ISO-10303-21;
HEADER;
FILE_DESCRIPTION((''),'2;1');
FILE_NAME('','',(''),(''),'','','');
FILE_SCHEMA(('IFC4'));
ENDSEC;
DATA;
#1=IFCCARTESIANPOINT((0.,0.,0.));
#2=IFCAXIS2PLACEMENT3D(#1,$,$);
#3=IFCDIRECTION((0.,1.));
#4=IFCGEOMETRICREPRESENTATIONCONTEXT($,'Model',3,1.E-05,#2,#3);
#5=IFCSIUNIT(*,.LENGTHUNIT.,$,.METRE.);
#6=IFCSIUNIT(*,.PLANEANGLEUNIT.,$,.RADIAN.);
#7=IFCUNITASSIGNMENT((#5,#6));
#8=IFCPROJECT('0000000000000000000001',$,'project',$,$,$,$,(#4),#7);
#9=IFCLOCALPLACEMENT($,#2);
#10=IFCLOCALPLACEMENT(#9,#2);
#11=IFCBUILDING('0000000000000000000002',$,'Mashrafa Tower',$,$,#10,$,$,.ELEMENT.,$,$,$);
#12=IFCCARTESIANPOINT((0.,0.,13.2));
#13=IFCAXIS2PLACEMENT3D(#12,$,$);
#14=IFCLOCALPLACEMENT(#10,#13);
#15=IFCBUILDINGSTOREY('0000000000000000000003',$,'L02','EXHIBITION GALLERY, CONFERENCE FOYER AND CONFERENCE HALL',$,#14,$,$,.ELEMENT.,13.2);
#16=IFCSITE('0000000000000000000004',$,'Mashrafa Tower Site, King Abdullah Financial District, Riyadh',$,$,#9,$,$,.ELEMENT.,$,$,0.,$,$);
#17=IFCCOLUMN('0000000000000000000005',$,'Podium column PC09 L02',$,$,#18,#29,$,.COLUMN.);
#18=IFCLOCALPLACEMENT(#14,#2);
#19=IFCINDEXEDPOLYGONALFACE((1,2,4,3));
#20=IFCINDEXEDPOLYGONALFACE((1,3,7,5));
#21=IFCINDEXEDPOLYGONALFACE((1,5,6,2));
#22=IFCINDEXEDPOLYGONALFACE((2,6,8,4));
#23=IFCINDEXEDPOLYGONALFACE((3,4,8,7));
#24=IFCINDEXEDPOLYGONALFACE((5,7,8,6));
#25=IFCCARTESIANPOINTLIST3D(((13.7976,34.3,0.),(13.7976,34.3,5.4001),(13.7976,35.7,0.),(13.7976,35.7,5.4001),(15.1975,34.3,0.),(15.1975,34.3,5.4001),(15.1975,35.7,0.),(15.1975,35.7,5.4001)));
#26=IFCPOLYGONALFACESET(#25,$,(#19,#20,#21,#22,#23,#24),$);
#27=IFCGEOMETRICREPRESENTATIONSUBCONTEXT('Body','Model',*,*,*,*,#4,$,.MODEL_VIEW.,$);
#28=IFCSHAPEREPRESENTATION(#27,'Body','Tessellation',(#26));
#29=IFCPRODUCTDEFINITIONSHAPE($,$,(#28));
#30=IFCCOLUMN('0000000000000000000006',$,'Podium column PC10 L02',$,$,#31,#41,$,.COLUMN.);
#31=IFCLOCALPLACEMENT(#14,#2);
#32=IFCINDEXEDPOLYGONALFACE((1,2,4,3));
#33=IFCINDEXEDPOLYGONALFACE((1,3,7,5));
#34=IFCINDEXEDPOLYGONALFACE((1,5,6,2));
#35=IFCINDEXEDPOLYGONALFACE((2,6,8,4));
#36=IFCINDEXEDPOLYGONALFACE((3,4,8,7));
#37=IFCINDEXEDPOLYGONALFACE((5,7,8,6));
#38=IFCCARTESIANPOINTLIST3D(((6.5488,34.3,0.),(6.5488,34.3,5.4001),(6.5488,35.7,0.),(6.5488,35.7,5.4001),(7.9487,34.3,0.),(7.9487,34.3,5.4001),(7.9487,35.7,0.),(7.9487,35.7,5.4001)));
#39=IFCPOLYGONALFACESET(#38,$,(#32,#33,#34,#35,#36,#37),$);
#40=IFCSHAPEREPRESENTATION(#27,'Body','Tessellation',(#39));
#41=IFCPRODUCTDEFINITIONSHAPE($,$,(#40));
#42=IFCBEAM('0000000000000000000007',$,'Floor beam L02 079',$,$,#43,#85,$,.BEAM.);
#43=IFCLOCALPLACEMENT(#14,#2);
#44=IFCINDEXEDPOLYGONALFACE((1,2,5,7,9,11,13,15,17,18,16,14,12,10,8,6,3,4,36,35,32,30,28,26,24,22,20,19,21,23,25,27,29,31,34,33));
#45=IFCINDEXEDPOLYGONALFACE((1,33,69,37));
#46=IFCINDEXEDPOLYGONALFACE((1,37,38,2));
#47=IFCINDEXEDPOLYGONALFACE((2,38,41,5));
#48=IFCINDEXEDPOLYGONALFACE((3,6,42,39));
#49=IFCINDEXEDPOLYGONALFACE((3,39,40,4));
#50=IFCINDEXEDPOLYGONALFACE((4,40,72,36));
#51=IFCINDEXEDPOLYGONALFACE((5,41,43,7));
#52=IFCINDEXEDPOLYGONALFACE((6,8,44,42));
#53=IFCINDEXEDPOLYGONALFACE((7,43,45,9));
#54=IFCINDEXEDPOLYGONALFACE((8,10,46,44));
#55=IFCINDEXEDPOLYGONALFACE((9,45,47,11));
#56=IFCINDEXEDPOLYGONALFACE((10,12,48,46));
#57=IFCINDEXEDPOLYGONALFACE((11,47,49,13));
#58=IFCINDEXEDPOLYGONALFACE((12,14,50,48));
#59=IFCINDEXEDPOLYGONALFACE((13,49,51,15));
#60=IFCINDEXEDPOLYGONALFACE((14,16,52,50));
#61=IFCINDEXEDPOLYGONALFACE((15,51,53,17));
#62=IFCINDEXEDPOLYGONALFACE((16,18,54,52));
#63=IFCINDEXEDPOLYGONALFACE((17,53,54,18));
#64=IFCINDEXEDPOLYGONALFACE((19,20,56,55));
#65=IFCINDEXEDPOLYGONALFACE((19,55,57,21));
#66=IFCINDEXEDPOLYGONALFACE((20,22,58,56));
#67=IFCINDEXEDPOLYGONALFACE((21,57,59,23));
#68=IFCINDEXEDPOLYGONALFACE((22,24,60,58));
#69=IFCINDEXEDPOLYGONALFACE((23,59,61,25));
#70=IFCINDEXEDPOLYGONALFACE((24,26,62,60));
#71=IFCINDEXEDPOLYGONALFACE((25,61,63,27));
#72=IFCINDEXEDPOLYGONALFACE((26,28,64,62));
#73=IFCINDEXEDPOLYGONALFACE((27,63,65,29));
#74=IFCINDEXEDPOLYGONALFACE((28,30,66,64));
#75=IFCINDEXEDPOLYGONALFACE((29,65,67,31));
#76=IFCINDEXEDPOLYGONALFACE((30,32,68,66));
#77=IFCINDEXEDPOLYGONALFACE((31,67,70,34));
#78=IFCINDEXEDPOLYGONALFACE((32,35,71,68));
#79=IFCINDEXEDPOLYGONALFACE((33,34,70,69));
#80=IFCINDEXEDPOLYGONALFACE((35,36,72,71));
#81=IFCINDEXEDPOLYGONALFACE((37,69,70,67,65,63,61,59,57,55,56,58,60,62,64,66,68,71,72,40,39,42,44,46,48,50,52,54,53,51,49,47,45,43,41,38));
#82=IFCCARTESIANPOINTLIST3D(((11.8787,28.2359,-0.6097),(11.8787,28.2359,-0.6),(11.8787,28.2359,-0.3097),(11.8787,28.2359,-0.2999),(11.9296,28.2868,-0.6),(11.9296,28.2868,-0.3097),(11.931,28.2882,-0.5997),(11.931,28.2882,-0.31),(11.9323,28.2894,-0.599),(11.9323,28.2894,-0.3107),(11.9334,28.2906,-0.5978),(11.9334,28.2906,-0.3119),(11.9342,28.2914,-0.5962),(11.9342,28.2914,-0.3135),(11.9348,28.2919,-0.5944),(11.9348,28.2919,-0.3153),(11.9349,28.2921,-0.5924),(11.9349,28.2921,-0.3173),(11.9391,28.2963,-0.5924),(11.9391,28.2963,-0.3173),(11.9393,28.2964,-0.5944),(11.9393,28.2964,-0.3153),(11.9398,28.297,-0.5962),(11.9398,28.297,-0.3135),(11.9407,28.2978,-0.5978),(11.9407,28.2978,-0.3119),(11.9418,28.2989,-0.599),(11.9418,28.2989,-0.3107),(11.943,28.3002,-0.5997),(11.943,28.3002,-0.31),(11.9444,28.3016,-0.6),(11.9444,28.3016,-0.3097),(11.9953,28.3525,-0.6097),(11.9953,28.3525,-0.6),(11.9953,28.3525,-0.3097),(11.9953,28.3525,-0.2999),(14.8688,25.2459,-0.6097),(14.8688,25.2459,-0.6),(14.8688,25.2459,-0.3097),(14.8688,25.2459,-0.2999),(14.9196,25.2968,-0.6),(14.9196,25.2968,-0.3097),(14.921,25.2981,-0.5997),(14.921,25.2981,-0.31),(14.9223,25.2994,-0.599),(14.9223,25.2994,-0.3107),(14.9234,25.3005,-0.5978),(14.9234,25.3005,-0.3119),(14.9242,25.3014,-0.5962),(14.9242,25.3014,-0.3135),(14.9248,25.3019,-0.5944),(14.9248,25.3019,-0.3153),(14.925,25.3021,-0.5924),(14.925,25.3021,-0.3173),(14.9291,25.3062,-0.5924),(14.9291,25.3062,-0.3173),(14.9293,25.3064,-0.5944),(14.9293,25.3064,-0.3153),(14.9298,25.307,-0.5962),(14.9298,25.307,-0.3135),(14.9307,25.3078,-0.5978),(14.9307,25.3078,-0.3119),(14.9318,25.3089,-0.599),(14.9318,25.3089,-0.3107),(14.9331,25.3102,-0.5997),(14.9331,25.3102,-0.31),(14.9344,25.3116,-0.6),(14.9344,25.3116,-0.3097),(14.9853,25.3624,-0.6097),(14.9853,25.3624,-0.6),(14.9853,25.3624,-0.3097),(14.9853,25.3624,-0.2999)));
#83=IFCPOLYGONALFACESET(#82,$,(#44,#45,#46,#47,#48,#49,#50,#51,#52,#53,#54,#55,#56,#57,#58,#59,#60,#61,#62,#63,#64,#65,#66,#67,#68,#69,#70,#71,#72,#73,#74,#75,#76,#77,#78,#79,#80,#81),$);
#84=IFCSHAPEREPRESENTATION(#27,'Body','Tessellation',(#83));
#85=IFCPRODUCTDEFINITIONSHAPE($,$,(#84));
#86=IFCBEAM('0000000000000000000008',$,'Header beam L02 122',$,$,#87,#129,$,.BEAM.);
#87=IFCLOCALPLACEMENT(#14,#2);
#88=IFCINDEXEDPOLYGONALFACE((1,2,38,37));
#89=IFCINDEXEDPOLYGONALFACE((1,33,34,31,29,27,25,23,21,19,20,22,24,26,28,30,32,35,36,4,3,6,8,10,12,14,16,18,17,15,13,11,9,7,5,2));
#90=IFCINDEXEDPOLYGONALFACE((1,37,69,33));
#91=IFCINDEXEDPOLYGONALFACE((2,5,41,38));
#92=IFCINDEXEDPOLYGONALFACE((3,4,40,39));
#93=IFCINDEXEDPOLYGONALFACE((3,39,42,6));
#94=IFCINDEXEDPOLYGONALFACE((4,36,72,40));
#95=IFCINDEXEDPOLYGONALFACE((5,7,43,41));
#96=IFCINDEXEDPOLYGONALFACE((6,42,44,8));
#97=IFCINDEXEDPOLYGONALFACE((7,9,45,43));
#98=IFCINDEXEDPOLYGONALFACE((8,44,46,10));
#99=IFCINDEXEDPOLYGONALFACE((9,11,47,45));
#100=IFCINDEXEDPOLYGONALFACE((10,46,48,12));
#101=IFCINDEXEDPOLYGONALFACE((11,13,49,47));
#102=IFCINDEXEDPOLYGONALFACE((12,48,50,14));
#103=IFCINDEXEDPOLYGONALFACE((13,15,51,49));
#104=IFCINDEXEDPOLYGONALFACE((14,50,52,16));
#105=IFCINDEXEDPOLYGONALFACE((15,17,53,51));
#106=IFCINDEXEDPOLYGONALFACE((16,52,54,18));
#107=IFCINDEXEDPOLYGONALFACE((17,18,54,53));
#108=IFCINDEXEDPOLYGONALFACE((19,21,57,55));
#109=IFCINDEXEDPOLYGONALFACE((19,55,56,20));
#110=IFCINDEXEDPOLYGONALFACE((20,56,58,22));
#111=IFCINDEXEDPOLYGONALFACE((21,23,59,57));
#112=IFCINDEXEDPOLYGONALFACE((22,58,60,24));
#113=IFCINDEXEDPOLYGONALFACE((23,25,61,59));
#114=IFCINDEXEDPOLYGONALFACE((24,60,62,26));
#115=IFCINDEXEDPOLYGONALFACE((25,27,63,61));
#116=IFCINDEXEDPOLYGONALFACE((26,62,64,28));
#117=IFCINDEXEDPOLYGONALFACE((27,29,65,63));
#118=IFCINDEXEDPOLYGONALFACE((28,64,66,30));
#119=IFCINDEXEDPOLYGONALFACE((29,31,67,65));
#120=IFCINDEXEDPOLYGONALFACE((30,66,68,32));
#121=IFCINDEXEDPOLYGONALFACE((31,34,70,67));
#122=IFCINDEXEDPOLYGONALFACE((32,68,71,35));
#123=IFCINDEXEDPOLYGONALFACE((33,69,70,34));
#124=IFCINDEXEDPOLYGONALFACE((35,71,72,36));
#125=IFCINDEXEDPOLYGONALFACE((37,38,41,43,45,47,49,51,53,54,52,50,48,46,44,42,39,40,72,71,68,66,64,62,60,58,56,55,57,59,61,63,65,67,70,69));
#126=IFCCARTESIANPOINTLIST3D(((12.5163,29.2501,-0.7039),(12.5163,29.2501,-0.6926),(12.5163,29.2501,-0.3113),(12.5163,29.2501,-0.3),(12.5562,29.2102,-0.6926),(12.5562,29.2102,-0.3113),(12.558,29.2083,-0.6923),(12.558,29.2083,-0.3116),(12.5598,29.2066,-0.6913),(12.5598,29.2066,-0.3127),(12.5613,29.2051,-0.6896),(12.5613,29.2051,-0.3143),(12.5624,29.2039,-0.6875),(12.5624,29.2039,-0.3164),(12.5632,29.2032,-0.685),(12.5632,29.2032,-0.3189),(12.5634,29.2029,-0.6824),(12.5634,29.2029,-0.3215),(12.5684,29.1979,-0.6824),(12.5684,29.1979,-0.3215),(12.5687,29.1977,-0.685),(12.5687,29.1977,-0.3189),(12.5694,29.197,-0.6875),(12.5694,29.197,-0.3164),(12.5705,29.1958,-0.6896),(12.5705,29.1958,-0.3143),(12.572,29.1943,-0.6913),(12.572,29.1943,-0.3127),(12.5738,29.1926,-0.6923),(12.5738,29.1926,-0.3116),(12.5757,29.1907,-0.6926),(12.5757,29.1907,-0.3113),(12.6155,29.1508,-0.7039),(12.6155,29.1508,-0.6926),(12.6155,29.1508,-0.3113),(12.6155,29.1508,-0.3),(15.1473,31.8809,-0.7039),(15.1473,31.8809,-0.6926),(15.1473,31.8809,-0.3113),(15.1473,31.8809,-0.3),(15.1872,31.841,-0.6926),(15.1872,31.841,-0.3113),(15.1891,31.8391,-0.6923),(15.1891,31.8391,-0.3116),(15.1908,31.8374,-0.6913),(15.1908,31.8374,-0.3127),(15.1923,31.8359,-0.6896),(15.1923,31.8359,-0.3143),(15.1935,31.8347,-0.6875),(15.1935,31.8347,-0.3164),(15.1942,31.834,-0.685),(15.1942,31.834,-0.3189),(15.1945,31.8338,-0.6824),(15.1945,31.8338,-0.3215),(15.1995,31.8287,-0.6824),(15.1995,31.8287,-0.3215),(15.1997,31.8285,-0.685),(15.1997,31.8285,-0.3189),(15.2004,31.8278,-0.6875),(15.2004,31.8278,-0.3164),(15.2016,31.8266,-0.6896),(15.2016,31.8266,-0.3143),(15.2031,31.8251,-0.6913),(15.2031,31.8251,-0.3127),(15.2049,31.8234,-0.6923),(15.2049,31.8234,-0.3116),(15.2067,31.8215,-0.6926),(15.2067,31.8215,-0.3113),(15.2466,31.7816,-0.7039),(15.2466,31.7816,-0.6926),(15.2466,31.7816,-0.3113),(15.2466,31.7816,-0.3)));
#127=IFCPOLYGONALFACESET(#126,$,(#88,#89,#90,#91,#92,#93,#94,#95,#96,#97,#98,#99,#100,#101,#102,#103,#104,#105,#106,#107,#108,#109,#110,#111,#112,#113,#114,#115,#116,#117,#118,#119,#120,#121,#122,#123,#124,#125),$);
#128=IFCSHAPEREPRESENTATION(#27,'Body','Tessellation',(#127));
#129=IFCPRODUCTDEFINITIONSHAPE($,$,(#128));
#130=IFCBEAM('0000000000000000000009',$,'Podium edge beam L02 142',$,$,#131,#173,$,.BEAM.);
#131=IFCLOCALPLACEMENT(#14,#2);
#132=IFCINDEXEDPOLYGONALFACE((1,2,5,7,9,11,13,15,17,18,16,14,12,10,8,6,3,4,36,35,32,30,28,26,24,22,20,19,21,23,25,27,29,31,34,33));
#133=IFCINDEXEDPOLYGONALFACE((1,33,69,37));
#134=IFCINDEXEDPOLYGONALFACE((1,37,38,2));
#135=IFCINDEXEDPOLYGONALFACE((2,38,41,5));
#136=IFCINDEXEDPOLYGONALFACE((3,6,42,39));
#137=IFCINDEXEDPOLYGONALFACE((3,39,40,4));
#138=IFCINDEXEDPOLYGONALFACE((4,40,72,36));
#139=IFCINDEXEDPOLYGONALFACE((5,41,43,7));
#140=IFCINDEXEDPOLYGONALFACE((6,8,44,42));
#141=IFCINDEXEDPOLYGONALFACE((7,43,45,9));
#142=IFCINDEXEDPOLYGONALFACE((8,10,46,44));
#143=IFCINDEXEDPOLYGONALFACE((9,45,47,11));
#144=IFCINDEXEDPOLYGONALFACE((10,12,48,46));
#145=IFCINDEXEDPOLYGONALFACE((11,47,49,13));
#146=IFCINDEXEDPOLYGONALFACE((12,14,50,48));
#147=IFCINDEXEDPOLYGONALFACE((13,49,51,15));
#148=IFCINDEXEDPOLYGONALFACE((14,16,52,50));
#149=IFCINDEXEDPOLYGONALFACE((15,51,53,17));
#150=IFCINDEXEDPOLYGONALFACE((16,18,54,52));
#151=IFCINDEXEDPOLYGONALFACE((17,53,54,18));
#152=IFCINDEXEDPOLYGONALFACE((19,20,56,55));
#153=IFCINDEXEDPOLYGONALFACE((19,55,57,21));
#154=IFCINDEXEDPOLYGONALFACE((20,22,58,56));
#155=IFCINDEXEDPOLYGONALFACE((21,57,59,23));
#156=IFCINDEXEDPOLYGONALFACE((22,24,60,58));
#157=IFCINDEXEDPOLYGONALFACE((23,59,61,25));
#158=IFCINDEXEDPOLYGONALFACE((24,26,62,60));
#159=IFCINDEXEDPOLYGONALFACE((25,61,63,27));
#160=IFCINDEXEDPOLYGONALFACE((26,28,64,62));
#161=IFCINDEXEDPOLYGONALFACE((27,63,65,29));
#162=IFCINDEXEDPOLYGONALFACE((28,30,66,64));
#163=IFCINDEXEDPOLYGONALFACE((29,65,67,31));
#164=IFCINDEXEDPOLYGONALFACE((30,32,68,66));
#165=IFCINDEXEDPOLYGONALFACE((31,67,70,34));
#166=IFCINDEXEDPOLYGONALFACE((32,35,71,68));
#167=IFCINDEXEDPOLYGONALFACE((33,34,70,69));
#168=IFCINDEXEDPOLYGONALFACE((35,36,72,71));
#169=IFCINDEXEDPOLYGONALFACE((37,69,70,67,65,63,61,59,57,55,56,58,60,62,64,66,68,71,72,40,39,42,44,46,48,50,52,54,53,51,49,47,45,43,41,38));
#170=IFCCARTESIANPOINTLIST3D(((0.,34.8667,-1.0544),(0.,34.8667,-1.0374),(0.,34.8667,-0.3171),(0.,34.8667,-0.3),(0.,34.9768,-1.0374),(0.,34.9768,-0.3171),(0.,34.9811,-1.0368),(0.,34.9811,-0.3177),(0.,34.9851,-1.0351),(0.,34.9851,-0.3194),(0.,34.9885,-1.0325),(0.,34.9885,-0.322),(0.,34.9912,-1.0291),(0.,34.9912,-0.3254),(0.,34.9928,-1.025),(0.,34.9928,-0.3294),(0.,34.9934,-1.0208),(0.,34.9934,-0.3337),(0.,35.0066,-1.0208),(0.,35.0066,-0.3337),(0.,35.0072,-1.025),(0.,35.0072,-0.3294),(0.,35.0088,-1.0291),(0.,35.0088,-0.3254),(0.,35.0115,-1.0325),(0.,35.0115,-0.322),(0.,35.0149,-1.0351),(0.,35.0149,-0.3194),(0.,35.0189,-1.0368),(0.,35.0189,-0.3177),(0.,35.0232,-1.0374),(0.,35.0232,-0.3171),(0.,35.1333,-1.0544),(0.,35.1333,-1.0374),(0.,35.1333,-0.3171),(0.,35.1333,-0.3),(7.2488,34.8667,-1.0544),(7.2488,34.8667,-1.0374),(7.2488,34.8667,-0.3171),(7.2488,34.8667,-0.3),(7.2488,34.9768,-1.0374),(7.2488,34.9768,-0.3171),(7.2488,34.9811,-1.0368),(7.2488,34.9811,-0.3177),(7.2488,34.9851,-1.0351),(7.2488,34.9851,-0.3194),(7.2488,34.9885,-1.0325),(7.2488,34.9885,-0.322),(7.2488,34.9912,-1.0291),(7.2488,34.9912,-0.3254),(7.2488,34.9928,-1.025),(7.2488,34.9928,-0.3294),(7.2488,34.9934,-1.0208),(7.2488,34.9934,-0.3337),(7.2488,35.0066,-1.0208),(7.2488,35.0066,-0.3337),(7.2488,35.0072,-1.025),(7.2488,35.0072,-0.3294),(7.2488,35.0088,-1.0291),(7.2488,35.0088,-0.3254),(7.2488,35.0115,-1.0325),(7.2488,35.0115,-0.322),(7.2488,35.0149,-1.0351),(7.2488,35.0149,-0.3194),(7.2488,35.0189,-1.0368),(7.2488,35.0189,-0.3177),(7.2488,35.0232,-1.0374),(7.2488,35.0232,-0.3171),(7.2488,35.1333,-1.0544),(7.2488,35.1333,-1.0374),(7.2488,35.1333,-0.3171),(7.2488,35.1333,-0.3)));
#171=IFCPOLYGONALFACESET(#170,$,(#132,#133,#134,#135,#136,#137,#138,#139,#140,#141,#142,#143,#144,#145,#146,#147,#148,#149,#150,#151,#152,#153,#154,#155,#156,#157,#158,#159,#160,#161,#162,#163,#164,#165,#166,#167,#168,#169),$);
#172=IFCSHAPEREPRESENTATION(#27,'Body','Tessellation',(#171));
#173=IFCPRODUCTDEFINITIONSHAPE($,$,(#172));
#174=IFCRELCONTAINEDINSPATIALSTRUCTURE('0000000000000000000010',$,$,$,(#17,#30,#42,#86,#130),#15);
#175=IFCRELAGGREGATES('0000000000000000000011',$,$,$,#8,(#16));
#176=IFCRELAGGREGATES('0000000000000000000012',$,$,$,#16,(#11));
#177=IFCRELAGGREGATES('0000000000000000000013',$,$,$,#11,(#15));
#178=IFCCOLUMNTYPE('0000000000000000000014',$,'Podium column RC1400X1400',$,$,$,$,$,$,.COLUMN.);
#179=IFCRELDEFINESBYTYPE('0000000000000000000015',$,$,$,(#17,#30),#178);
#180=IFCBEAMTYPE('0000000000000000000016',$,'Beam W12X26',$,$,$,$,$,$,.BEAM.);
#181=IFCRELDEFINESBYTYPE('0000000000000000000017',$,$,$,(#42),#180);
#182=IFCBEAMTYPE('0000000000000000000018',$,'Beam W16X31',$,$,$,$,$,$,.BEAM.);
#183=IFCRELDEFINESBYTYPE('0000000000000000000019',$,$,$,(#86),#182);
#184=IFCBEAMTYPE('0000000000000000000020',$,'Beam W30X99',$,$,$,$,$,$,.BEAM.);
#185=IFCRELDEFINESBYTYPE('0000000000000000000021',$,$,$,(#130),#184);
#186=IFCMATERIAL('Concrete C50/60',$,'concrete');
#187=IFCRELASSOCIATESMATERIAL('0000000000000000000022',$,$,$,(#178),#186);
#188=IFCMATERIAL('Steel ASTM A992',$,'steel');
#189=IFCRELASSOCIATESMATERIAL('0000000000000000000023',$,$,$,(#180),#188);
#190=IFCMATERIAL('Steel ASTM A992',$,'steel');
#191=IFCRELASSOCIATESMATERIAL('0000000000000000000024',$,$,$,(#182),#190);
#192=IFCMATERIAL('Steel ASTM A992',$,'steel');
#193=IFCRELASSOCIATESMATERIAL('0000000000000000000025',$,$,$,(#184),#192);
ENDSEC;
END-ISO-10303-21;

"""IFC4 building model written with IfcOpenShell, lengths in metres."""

from ifc_helpers import new_model, si_unit, direction, frame, origin, origin_2d, place, context, subcontext, project, spatial, rectangle, i_section, extrude, material, material_profile, profile_set, type_object, element, save


model = new_model("IFC4")

# Units and contexts
model_context = context("Model", 3, precision=1e-05, world=origin(), true_north=direction((0.0, 1.0)))
body_context = subcontext(model_context, "Body", "Model", "MODEL_VIEW")
ifc_project = project(units=[si_unit("LENGTHUNIT", "METRE"), si_unit("PLANEANGLEUNIT", "RADIAN")], contexts=[model_context])

# Site, building, storey
site_placement = place(None, origin())
site = spatial("IfcSite", under=ifc_project, at=site_placement, Name="Mashrafa Tower Site, King Abdullah Financial District, Riyadh", CompositionType="ELEMENT", RefElevation=0.0)
building_placement = place(site_placement, origin())
building = spatial("IfcBuilding", under=site, at=building_placement, Name="Mashrafa Tower", CompositionType="ELEMENT")
storey_placement = place(building_placement, frame((0.0, 0.0, 13.2)))
storey = spatial("IfcBuildingStorey", under=building, at=storey_placement, Name="L02", Description="EXHIBITION GALLERY, CONFERENCE FOYER AND CONFERENCE HALL", CompositionType="ELEMENT", Elevation=13.2)

# Columns
ifc_material_1 = material(Name="Concrete C50/60", Category="concrete")
ifc_material_profile_1 = material_profile(ifc_material_1, rectangle(XDim=1.3999, YDim=1.3999, at=origin_2d()), Name="RC1400X1400")
ifc_profile_set_1 = profile_set([ifc_material_profile_1], Name="Concrete C50/60")
column_type = type_object("IfcColumnType", Name="Podium column RC1400X1400", PredefinedType="COLUMN", material=ifc_profile_set_1)
for number, where, z_axis, x_axis, name in (
    (1, (14.4976, 35.0, 0.0), (0.0, 0.0, 1.0), (1.0, 0.0, 0.0), "Podium column PC09 L02"),
    (2, (7.2488, 35.0, 0.0), (0.0, 0.0, 1.0), (1.0, 0.0, 0.0), "Podium column PC10 L02"),
):
    element("IfcColumn", number, at=place(storey_placement, frame(where, z_axis=z_axis, x_axis=x_axis)), inside=storey, type_object=column_type, Name=name, PredefinedType="COLUMN", context=body_context, shape_type="SweptSolid", body=[
        extrude(rectangle(XDim=1.3999, YDim=1.3999, at=origin_2d()), origin(), (0.0, 0.0, 1.0), 5.4001),
    ])

# Beams
ifc_material_2 = material(Name="Steel ASTM A992", Category="steel")
ifc_material_profile_2 = material_profile(ifc_material_2, i_section(OverallWidth=0.1648, OverallDepth=0.3098, WebThickness=0.0059, FlangeThickness=0.0098, FilletRadius=0.0076, at=origin_2d()), Name="W12X26")
ifc_profile_set_2 = profile_set([ifc_material_profile_2], Name="Steel ASTM A992")
beam_type_1 = type_object("IfcBeamType", Name="Beam W12X26", PredefinedType="BEAM", material=ifc_profile_set_2)
beam_1_placement = place(storey_placement, frame((11.937, 28.2942, -0.4548), z_axis=(0.707107, -0.707107, 0.0), x_axis=(0.707107, 0.707107, 0.0)))
element("IfcBeam", 3, at=beam_1_placement, inside=storey, type_object=beam_type_1, Name="Floor beam L02 079", PredefinedType="BEAM", context=body_context, shape_type="SweptSolid", body=[
    extrude(i_section(OverallWidth=0.1648, OverallDepth=0.3098, WebThickness=0.0059, FlangeThickness=0.0098, FilletRadius=0.0076, at=origin_2d()), origin(), (0.0, 0.0, 1.0), 4.2285),
])
ifc_material_3 = material(Name="Steel ASTM A992", Category="steel")
ifc_material_profile_3 = material_profile(ifc_material_3, i_section(OverallWidth=0.1404, OverallDepth=0.4038, WebThickness=0.0071, FlangeThickness=0.0112, FilletRadius=0.0103, at=origin_2d()), Name="W16X31")
ifc_profile_set_3 = profile_set([ifc_material_profile_3], Name="Steel ASTM A992")
beam_type_2 = type_object("IfcBeamType", Name="Beam W16X31", PredefinedType="BEAM", material=ifc_profile_set_3)
beam_2_placement = place(storey_placement, frame((12.5659, 29.2004, -0.502), z_axis=(0.70714, 0.707074, 0.0), x_axis=(-0.707074, 0.70714, 0.0)))
element("IfcBeam", 4, at=beam_2_placement, inside=storey, type_object=beam_type_2, Name="Header beam L02 122", PredefinedType="BEAM", context=body_context, shape_type="SweptSolid", body=[
    extrude(i_section(OverallWidth=0.1404, OverallDepth=0.4038, WebThickness=0.0071, FlangeThickness=0.0112, FilletRadius=0.0103, at=origin_2d()), origin(), (0.0, 0.0, 1.0), 3.7207),
])
ifc_material_4 = material(Name="Steel ASTM A992", Category="steel")
ifc_material_profile_4 = material_profile(ifc_material_4, i_section(OverallWidth=0.2666, OverallDepth=0.7544, WebThickness=0.0132, FlangeThickness=0.0171, FilletRadius=0.0166, at=origin_2d()), Name="W30X99")
ifc_profile_set_4 = profile_set([ifc_material_profile_4], Name="Steel ASTM A992")
beam_type_3 = type_object("IfcBeamType", Name="Beam W30X99", PredefinedType="BEAM", material=ifc_profile_set_4)
for number, where, z_axis, x_axis, name in (
    (5, (7.2488, 35.0, -0.6772), (-1.0, 0.0, 0.0), (0.0, -1.0, 0.0), "Podium edge beam L02 142"),
):
    element("IfcBeam", number, at=place(storey_placement, frame(where, z_axis=z_axis, x_axis=x_axis)), inside=storey, type_object=beam_type_3, Name=name, PredefinedType="BEAM", context=body_context, shape_type="SweptSolid", body=[
        extrude(i_section(OverallWidth=0.2666, OverallDepth=0.7544, WebThickness=0.0132, FlangeThickness=0.0171, FilletRadius=0.0166, at=origin_2d()), origin(), (0.0, 0.0, 1.0), 7.2488),
    ])

save(model, "model.ifc")
